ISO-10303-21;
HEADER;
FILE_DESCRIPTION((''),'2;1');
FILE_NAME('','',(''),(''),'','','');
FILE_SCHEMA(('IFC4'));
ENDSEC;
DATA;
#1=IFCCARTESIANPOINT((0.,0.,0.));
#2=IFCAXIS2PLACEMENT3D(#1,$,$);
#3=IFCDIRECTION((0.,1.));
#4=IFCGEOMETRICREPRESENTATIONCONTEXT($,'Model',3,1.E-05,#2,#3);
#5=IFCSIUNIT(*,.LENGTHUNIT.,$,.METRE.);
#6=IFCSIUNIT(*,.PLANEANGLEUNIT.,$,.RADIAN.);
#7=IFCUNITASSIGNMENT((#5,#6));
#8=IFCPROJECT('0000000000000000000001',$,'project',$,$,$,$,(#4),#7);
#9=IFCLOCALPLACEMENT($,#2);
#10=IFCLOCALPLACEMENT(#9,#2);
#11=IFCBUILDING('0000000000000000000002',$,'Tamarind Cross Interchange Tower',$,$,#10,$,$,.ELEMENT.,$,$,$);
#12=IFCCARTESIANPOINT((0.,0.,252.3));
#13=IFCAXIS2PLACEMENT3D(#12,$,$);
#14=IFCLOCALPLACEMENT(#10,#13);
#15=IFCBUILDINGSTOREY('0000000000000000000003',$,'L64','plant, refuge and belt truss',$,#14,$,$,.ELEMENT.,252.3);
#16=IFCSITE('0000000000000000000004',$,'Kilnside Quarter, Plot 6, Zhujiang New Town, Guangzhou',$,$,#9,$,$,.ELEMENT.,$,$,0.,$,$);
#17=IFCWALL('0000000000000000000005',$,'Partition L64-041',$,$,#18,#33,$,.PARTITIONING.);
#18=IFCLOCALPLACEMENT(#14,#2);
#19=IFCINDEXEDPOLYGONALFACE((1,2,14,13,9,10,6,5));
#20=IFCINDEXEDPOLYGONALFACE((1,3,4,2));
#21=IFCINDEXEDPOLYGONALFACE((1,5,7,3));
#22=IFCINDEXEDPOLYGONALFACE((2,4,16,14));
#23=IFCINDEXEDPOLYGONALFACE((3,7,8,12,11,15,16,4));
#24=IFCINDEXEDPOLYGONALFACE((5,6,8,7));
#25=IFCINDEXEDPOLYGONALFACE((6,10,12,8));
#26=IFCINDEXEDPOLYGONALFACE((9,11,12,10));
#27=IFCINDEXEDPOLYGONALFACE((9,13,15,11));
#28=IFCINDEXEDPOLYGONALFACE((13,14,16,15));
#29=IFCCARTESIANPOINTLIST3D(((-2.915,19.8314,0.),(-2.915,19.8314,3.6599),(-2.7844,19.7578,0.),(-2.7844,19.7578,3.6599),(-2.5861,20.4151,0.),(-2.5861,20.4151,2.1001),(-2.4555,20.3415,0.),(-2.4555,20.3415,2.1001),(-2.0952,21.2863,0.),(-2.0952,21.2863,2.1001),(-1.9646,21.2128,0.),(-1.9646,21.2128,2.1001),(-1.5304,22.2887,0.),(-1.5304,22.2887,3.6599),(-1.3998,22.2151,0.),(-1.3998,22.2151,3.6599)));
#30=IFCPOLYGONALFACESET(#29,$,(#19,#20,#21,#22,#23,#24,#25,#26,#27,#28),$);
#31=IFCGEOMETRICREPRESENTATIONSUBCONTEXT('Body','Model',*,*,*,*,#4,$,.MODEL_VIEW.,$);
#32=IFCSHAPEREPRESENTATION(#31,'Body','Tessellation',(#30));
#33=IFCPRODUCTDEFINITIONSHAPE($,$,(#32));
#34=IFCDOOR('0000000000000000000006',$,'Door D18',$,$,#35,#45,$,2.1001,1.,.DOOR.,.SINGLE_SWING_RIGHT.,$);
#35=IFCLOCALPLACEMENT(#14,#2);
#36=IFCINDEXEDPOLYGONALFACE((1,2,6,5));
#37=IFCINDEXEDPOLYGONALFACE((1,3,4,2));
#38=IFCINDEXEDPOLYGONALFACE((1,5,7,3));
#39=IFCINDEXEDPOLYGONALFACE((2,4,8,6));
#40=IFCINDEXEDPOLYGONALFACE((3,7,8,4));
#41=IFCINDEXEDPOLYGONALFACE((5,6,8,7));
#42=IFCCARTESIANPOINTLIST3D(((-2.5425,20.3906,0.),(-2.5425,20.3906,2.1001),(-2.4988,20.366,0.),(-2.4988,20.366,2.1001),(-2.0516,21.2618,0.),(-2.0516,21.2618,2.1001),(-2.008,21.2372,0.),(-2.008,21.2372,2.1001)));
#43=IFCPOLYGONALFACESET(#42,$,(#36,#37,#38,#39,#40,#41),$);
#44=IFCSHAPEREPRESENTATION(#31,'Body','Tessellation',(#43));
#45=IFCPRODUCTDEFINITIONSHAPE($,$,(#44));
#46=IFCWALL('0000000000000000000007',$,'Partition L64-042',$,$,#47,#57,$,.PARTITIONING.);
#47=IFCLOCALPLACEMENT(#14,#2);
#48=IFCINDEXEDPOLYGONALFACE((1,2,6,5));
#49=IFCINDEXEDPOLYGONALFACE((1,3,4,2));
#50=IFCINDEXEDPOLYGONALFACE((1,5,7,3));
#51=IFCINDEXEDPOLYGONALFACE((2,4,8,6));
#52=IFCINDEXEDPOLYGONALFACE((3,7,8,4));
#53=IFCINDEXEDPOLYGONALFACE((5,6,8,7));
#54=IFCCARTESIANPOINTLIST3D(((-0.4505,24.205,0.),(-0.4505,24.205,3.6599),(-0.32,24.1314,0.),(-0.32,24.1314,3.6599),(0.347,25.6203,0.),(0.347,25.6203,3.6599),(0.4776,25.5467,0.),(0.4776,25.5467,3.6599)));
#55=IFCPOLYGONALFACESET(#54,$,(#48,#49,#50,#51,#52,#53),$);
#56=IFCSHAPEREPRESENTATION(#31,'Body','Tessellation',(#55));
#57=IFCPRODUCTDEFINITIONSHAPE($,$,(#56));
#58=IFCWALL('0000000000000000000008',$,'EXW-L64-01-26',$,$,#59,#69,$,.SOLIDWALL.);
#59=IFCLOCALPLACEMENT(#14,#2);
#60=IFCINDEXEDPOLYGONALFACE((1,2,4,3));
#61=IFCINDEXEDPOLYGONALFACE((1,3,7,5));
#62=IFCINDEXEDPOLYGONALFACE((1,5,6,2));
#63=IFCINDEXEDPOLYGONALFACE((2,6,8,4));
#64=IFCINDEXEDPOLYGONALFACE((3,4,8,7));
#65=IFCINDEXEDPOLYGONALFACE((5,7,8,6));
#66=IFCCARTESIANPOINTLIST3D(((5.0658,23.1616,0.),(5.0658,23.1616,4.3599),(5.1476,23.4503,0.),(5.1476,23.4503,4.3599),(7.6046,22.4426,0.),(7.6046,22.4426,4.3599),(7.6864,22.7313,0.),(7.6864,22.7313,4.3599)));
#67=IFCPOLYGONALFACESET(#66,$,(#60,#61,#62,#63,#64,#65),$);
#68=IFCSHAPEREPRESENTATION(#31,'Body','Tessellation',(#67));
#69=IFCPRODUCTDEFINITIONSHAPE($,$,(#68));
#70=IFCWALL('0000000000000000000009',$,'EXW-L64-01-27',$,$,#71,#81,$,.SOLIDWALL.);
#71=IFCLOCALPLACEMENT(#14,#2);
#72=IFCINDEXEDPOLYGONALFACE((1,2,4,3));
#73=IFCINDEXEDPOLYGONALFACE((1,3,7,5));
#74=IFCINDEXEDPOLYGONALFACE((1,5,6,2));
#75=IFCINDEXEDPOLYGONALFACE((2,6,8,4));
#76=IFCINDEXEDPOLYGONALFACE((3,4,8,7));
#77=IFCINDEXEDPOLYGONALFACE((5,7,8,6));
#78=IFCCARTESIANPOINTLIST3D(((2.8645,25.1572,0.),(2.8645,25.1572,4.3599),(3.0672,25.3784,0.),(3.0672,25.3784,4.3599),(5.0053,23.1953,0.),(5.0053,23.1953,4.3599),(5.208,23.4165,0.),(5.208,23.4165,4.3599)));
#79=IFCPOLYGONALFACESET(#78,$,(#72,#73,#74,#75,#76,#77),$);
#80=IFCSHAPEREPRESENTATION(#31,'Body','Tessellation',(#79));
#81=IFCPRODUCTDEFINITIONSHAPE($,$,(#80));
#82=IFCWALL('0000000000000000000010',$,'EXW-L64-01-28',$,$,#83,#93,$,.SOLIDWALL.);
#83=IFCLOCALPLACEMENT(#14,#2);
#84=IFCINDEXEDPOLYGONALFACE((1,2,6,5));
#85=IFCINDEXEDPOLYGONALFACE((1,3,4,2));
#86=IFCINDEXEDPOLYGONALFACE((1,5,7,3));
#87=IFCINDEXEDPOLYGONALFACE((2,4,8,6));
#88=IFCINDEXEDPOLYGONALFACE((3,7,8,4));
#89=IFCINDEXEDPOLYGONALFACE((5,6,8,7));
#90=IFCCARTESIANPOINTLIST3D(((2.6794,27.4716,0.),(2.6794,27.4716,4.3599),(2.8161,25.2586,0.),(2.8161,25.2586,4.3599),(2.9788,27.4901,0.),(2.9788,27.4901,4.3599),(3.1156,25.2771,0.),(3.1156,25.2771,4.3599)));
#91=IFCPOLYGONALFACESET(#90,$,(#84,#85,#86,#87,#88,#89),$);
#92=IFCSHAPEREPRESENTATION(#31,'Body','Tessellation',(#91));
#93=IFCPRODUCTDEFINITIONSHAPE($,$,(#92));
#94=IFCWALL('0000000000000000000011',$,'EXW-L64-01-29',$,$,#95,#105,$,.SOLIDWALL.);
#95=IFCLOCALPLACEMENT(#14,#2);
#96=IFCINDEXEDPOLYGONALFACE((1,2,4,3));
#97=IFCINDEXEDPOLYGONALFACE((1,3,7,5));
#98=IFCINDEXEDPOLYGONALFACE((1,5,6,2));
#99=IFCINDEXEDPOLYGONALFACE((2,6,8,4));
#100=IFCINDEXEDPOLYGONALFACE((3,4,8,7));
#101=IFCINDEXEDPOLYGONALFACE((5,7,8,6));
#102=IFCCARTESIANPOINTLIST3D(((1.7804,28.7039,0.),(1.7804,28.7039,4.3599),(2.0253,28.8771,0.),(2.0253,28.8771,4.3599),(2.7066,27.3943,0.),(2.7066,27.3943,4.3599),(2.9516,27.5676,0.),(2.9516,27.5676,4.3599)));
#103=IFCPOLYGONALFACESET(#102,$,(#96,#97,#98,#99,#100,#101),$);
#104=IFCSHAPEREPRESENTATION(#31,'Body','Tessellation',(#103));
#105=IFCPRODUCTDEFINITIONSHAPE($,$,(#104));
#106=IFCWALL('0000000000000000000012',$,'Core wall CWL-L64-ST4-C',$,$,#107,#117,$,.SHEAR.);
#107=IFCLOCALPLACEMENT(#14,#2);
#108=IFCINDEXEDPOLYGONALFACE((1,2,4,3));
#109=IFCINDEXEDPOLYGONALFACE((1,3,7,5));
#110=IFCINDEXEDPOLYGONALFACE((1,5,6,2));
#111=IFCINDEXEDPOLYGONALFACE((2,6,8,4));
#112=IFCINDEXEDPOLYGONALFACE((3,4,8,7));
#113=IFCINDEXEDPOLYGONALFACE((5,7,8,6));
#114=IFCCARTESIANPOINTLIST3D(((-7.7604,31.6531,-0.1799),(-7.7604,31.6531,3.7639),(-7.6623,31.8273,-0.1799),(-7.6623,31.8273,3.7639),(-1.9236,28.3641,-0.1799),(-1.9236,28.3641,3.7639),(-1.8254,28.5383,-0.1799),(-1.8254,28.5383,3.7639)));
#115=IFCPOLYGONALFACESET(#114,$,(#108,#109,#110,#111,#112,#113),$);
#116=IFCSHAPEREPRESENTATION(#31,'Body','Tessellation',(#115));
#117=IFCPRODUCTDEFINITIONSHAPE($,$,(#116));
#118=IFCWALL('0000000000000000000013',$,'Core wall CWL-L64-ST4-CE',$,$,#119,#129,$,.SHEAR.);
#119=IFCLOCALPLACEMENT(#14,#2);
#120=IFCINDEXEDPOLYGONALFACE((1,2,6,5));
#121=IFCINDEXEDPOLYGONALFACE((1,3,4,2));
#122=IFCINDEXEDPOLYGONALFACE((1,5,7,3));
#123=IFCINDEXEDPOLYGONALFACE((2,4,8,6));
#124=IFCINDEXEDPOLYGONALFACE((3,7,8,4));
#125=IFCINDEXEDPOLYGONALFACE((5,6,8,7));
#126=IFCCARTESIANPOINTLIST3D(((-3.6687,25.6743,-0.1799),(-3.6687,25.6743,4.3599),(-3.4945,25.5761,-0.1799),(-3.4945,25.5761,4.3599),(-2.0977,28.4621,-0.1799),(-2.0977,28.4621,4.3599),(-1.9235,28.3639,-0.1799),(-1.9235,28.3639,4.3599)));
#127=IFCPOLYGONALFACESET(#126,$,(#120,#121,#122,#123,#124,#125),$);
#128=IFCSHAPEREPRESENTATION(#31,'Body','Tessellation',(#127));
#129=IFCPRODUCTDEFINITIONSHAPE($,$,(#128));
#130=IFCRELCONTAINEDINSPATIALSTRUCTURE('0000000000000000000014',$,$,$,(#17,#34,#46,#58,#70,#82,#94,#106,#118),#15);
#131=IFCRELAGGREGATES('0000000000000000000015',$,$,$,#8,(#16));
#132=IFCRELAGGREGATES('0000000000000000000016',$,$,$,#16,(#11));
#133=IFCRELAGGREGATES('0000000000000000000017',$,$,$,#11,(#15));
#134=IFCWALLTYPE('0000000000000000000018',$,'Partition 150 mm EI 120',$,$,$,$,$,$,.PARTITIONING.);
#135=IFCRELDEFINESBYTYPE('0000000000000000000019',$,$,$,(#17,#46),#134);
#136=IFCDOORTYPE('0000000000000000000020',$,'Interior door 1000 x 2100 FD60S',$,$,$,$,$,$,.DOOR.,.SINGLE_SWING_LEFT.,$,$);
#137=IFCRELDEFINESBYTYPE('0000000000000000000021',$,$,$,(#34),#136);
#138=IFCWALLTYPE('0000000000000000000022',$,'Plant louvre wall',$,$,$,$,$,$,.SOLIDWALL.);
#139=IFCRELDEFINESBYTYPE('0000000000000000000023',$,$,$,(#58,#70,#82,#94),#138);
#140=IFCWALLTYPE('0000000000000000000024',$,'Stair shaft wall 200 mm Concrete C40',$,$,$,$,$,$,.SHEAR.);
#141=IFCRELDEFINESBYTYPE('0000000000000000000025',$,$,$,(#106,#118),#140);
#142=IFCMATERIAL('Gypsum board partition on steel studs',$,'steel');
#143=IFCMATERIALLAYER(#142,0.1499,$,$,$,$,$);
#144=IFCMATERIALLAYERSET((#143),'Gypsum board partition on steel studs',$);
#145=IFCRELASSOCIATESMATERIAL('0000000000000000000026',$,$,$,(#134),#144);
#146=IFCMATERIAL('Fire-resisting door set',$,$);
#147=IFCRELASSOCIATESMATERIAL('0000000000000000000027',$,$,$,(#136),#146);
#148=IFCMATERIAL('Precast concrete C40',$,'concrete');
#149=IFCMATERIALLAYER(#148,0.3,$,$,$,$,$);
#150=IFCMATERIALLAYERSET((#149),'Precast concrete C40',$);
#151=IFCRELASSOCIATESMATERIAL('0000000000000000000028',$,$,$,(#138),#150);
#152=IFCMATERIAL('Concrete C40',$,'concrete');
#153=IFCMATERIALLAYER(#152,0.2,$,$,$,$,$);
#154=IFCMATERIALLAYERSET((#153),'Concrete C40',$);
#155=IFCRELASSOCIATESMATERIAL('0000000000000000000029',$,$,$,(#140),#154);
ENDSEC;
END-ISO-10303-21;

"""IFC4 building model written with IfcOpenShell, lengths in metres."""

from ifc_helpers import new_model, si_unit, direction, frame, frame_2d, origin, place, context, subcontext, project, spatial, rectangle, extrude, material, layer, layer_set, type_object, element, fill, save


model = new_model("IFC4")

# Units and contexts
model_context = context("Model", 3, precision=1e-05, world=origin(), true_north=direction((0.0, 1.0)))
body_context = subcontext(model_context, "Body", "Model", "MODEL_VIEW")
ifc_project = project(units=[si_unit("LENGTHUNIT", "METRE"), si_unit("PLANEANGLEUNIT", "RADIAN")], contexts=[model_context])

# Site, building, storey
site_placement = place(None, origin())
site = spatial("IfcSite", under=ifc_project, at=site_placement, Name="Kilnside Quarter, Plot 6, Zhujiang New Town, Guangzhou", CompositionType="ELEMENT", RefElevation=0.0)
building_placement = place(site_placement, origin())
building = spatial("IfcBuilding", under=site, at=building_placement, Name="Tamarind Cross Interchange Tower", CompositionType="ELEMENT")
storey_placement = place(building_placement, frame((0.0, 0.0, 252.3)))
storey = spatial("IfcBuildingStorey", under=building, at=storey_placement, Name="L64", Description="plant, refuge and belt truss", CompositionType="ELEMENT", Elevation=252.3)

# Shared definitions
ifc_material_1 = material(Name="Gypsum board partition on steel studs", Category="steel")
ifc_layer_1 = layer(ifc_material_1, 0.1499)
ifc_layer_set_1 = layer_set([ifc_layer_1], Name="Gypsum board partition on steel studs")
wall_type_1 = type_object("IfcWallType", Name="Partition 150 mm EI 120", PredefinedType="PARTITIONING", material=ifc_layer_set_1)

# Shared definitions
ifc_material_2 = material(Name="Fire-resisting door set")

# Wall, opening, door
wall_1_placement = place(storey_placement, frame((-2.8496, 19.7947, 0.0), z_axis=(0.0, 0.0, 1.0), x_axis=(0.490882, 0.871226, 0.0)))
wall_1 = element("IfcWall", 1, at=wall_1_placement, inside=storey, type_object=wall_type_1, Name="Partition L64-041", PredefinedType="PARTITIONING", context=body_context, shape_type="SweptSolid", body=[
    extrude(rectangle(XDim=2.8206, YDim=0.1499, at=frame_2d((1.4102, 0.0))), origin(), (0.0, 0.0, 1.0), 3.6599),
])
opening_1_placement = place(wall_1_placement, frame((0.6699, 0.0, 0.0)))
opening_1 = element("IfcOpeningElement", 2, at=opening_1_placement, cuts=wall_1, PredefinedType="OPENING", context=body_context, shape_type="SweptSolid", body=[
    extrude(rectangle(XDim=1.0, YDim=2.1001, at=frame_2d((0.5, 1.05))), frame((0.0, 0.085, 0.0), z_axis=(0.0, -1.0, 0.0), x_axis=(1.0, 0.0, 0.0)), (0.0, 0.0, 1.0), 0.1699),
])
door_type_1 = type_object("IfcDoorType", Name="Interior door 1000 x 2100 FD60S", OperationType="SINGLE_SWING_LEFT", PredefinedType="DOOR", material=ifc_material_2)
door_1_placement = place(opening_1_placement, origin())
door_1 = element("IfcDoor", 3, at=door_1_placement, inside=storey, type_object=door_type_1, Name="Door D18", OperationType="SINGLE_SWING_RIGHT", OverallHeight=2.1001, OverallWidth=1.0, PredefinedType="DOOR", context=body_context, shape_type="SweptSolid", body=[
    extrude(rectangle(XDim=1.0, YDim=2.1001, at=frame_2d((0.5, 1.05))), frame((0.0, 0.0249, 0.0), z_axis=(0.0, -1.0, 0.0), x_axis=(1.0, 0.0, 0.0)), (0.0, 0.0, 1.0), 0.05),
])
fill(opening_1, door_1)

# Walls
wall_2_placement = place(storey_placement, frame((-0.3853, 24.1682, 0.0), z_axis=(0.0, 0.0, 1.0), x_axis=(0.490967, 0.871178, 0.0)))
element("IfcWall", 4, at=wall_2_placement, inside=storey, type_object=wall_type_1, Name="Partition L64-042", PredefinedType="PARTITIONING", context=body_context, shape_type="SweptSolid", body=[
    extrude(rectangle(XDim=1.6245, YDim=0.1499, at=frame_2d((0.8123, 0.0))), origin(), (0.0, 0.0, 1.0), 3.6599),
])
ifc_material_3 = material(Name="Precast concrete C40", Category="concrete")
ifc_layer_2 = layer(ifc_material_3, 0.3)
ifc_layer_set_2 = layer_set([ifc_layer_2], Name="Precast concrete C40")
wall_type_2 = type_object("IfcWallType", Name="Plant louvre wall", PredefinedType="SOLIDWALL", material=ifc_layer_set_2)
wall_3_placement = place(storey_placement, frame((7.6455, 22.5869, 0.0), z_axis=(0.0, 0.0, 1.0), x_axis=(-0.96216, 0.272484, 0.0)))
element("IfcWall", 5, at=wall_3_placement, inside=storey, type_object=wall_type_2, Name="EXW-L64-01-26", PredefinedType="SOLIDWALL", context=body_context, shape_type="SweptSolid", body=[
    extrude(rectangle(XDim=2.6387, YDim=0.3, at=frame_2d((1.3193, 0.0))), origin(), (0.0, 0.0, 1.0), 4.3599),
])
wall_4_placement = place(storey_placement, frame((5.1067, 23.3059, 0.0), z_axis=(0.0, 0.0, 1.0), x_axis=(-0.737248, 0.675622, 0.0)))
element("IfcWall", 6, at=wall_4_placement, inside=storey, type_object=wall_type_2, Name="EXW-L64-01-27", PredefinedType="SOLIDWALL", context=body_context, shape_type="SweptSolid", body=[
    extrude(rectangle(XDim=2.9038, YDim=0.3, at=frame_2d((1.4519, 0.0))), origin(), (0.0, 0.0, 1.0), 4.3599),
])
wall_5_placement = place(storey_placement, frame((2.9658, 25.2678, 0.0), z_axis=(0.0, 0.0, 1.0), x_axis=(-0.061659, 0.998097, 0.0)))
element("IfcWall", 7, at=wall_5_placement, inside=storey, type_object=wall_type_2, Name="EXW-L64-01-28", PredefinedType="SOLIDWALL", context=body_context, shape_type="SweptSolid", body=[
    extrude(rectangle(XDim=2.2173, YDim=0.3, at=frame_2d((1.1086, 0.0))), origin(), (0.0, 0.0, 1.0), 4.3599),
])
wall_6_placement = place(storey_placement, frame((2.8291, 27.481, 0.0), z_axis=(0.0, 0.0, 1.0), x_axis=(-0.57746, 0.816419, 0.0)))
element("IfcWall", 8, at=wall_6_placement, inside=storey, type_object=wall_type_2, Name="EXW-L64-01-29", PredefinedType="SOLIDWALL", context=body_context, shape_type="SweptSolid", body=[
    extrude(rectangle(XDim=1.604, YDim=0.3, at=frame_2d((0.802, 0.0))), origin(), (0.0, 0.0, 1.0), 4.3599),
])

# Walls
ifc_material_4 = material(Name="Concrete C40", Category="concrete")
ifc_layer_3 = layer(ifc_material_4, 0.2)
ifc_layer_set_3 = layer_set([ifc_layer_3], Name="Concrete C40")
wall_type_3 = type_object("IfcWallType", Name="Stair shaft wall 200 mm Concrete C40", PredefinedType="SHEAR", material=ifc_layer_set_3)
wall_7_placement = place(storey_placement, frame((-1.8745, 28.4512, -0.1799), z_axis=(0.0, 0.0, 1.0), x_axis=(-0.871205, 0.490919, 0.0)))
element("IfcWall", 9, at=wall_7_placement, inside=storey, type_object=wall_type_3, Name="Core wall CWL-L64-ST4-C", PredefinedType="SHEAR", context=body_context, shape_type="SweptSolid", body=[
    extrude(rectangle(XDim=6.6997, YDim=0.2, at=frame_2d((3.3499, 0.0))), origin(), (0.0, 0.0, 1.0), 3.9438),
])
wall_8_placement = place(storey_placement, frame((-2.0105, 28.4131, -0.1799), z_axis=(0.0, 0.0, 1.0), x_axis=(-0.490946, -0.87119, 0.0)))
element("IfcWall", 10, at=wall_8_placement, inside=storey, type_object=wall_type_3, Name="Core wall CWL-L64-ST4-CE", PredefinedType="SHEAR", context=body_context, shape_type="SweptSolid", body=[
    extrude(rectangle(XDim=3.2, YDim=0.2, at=frame_2d((1.6001, 0.0))), origin(), (0.0, 0.0, 1.0), 4.5398),
])

save(model, "model.ifc")
